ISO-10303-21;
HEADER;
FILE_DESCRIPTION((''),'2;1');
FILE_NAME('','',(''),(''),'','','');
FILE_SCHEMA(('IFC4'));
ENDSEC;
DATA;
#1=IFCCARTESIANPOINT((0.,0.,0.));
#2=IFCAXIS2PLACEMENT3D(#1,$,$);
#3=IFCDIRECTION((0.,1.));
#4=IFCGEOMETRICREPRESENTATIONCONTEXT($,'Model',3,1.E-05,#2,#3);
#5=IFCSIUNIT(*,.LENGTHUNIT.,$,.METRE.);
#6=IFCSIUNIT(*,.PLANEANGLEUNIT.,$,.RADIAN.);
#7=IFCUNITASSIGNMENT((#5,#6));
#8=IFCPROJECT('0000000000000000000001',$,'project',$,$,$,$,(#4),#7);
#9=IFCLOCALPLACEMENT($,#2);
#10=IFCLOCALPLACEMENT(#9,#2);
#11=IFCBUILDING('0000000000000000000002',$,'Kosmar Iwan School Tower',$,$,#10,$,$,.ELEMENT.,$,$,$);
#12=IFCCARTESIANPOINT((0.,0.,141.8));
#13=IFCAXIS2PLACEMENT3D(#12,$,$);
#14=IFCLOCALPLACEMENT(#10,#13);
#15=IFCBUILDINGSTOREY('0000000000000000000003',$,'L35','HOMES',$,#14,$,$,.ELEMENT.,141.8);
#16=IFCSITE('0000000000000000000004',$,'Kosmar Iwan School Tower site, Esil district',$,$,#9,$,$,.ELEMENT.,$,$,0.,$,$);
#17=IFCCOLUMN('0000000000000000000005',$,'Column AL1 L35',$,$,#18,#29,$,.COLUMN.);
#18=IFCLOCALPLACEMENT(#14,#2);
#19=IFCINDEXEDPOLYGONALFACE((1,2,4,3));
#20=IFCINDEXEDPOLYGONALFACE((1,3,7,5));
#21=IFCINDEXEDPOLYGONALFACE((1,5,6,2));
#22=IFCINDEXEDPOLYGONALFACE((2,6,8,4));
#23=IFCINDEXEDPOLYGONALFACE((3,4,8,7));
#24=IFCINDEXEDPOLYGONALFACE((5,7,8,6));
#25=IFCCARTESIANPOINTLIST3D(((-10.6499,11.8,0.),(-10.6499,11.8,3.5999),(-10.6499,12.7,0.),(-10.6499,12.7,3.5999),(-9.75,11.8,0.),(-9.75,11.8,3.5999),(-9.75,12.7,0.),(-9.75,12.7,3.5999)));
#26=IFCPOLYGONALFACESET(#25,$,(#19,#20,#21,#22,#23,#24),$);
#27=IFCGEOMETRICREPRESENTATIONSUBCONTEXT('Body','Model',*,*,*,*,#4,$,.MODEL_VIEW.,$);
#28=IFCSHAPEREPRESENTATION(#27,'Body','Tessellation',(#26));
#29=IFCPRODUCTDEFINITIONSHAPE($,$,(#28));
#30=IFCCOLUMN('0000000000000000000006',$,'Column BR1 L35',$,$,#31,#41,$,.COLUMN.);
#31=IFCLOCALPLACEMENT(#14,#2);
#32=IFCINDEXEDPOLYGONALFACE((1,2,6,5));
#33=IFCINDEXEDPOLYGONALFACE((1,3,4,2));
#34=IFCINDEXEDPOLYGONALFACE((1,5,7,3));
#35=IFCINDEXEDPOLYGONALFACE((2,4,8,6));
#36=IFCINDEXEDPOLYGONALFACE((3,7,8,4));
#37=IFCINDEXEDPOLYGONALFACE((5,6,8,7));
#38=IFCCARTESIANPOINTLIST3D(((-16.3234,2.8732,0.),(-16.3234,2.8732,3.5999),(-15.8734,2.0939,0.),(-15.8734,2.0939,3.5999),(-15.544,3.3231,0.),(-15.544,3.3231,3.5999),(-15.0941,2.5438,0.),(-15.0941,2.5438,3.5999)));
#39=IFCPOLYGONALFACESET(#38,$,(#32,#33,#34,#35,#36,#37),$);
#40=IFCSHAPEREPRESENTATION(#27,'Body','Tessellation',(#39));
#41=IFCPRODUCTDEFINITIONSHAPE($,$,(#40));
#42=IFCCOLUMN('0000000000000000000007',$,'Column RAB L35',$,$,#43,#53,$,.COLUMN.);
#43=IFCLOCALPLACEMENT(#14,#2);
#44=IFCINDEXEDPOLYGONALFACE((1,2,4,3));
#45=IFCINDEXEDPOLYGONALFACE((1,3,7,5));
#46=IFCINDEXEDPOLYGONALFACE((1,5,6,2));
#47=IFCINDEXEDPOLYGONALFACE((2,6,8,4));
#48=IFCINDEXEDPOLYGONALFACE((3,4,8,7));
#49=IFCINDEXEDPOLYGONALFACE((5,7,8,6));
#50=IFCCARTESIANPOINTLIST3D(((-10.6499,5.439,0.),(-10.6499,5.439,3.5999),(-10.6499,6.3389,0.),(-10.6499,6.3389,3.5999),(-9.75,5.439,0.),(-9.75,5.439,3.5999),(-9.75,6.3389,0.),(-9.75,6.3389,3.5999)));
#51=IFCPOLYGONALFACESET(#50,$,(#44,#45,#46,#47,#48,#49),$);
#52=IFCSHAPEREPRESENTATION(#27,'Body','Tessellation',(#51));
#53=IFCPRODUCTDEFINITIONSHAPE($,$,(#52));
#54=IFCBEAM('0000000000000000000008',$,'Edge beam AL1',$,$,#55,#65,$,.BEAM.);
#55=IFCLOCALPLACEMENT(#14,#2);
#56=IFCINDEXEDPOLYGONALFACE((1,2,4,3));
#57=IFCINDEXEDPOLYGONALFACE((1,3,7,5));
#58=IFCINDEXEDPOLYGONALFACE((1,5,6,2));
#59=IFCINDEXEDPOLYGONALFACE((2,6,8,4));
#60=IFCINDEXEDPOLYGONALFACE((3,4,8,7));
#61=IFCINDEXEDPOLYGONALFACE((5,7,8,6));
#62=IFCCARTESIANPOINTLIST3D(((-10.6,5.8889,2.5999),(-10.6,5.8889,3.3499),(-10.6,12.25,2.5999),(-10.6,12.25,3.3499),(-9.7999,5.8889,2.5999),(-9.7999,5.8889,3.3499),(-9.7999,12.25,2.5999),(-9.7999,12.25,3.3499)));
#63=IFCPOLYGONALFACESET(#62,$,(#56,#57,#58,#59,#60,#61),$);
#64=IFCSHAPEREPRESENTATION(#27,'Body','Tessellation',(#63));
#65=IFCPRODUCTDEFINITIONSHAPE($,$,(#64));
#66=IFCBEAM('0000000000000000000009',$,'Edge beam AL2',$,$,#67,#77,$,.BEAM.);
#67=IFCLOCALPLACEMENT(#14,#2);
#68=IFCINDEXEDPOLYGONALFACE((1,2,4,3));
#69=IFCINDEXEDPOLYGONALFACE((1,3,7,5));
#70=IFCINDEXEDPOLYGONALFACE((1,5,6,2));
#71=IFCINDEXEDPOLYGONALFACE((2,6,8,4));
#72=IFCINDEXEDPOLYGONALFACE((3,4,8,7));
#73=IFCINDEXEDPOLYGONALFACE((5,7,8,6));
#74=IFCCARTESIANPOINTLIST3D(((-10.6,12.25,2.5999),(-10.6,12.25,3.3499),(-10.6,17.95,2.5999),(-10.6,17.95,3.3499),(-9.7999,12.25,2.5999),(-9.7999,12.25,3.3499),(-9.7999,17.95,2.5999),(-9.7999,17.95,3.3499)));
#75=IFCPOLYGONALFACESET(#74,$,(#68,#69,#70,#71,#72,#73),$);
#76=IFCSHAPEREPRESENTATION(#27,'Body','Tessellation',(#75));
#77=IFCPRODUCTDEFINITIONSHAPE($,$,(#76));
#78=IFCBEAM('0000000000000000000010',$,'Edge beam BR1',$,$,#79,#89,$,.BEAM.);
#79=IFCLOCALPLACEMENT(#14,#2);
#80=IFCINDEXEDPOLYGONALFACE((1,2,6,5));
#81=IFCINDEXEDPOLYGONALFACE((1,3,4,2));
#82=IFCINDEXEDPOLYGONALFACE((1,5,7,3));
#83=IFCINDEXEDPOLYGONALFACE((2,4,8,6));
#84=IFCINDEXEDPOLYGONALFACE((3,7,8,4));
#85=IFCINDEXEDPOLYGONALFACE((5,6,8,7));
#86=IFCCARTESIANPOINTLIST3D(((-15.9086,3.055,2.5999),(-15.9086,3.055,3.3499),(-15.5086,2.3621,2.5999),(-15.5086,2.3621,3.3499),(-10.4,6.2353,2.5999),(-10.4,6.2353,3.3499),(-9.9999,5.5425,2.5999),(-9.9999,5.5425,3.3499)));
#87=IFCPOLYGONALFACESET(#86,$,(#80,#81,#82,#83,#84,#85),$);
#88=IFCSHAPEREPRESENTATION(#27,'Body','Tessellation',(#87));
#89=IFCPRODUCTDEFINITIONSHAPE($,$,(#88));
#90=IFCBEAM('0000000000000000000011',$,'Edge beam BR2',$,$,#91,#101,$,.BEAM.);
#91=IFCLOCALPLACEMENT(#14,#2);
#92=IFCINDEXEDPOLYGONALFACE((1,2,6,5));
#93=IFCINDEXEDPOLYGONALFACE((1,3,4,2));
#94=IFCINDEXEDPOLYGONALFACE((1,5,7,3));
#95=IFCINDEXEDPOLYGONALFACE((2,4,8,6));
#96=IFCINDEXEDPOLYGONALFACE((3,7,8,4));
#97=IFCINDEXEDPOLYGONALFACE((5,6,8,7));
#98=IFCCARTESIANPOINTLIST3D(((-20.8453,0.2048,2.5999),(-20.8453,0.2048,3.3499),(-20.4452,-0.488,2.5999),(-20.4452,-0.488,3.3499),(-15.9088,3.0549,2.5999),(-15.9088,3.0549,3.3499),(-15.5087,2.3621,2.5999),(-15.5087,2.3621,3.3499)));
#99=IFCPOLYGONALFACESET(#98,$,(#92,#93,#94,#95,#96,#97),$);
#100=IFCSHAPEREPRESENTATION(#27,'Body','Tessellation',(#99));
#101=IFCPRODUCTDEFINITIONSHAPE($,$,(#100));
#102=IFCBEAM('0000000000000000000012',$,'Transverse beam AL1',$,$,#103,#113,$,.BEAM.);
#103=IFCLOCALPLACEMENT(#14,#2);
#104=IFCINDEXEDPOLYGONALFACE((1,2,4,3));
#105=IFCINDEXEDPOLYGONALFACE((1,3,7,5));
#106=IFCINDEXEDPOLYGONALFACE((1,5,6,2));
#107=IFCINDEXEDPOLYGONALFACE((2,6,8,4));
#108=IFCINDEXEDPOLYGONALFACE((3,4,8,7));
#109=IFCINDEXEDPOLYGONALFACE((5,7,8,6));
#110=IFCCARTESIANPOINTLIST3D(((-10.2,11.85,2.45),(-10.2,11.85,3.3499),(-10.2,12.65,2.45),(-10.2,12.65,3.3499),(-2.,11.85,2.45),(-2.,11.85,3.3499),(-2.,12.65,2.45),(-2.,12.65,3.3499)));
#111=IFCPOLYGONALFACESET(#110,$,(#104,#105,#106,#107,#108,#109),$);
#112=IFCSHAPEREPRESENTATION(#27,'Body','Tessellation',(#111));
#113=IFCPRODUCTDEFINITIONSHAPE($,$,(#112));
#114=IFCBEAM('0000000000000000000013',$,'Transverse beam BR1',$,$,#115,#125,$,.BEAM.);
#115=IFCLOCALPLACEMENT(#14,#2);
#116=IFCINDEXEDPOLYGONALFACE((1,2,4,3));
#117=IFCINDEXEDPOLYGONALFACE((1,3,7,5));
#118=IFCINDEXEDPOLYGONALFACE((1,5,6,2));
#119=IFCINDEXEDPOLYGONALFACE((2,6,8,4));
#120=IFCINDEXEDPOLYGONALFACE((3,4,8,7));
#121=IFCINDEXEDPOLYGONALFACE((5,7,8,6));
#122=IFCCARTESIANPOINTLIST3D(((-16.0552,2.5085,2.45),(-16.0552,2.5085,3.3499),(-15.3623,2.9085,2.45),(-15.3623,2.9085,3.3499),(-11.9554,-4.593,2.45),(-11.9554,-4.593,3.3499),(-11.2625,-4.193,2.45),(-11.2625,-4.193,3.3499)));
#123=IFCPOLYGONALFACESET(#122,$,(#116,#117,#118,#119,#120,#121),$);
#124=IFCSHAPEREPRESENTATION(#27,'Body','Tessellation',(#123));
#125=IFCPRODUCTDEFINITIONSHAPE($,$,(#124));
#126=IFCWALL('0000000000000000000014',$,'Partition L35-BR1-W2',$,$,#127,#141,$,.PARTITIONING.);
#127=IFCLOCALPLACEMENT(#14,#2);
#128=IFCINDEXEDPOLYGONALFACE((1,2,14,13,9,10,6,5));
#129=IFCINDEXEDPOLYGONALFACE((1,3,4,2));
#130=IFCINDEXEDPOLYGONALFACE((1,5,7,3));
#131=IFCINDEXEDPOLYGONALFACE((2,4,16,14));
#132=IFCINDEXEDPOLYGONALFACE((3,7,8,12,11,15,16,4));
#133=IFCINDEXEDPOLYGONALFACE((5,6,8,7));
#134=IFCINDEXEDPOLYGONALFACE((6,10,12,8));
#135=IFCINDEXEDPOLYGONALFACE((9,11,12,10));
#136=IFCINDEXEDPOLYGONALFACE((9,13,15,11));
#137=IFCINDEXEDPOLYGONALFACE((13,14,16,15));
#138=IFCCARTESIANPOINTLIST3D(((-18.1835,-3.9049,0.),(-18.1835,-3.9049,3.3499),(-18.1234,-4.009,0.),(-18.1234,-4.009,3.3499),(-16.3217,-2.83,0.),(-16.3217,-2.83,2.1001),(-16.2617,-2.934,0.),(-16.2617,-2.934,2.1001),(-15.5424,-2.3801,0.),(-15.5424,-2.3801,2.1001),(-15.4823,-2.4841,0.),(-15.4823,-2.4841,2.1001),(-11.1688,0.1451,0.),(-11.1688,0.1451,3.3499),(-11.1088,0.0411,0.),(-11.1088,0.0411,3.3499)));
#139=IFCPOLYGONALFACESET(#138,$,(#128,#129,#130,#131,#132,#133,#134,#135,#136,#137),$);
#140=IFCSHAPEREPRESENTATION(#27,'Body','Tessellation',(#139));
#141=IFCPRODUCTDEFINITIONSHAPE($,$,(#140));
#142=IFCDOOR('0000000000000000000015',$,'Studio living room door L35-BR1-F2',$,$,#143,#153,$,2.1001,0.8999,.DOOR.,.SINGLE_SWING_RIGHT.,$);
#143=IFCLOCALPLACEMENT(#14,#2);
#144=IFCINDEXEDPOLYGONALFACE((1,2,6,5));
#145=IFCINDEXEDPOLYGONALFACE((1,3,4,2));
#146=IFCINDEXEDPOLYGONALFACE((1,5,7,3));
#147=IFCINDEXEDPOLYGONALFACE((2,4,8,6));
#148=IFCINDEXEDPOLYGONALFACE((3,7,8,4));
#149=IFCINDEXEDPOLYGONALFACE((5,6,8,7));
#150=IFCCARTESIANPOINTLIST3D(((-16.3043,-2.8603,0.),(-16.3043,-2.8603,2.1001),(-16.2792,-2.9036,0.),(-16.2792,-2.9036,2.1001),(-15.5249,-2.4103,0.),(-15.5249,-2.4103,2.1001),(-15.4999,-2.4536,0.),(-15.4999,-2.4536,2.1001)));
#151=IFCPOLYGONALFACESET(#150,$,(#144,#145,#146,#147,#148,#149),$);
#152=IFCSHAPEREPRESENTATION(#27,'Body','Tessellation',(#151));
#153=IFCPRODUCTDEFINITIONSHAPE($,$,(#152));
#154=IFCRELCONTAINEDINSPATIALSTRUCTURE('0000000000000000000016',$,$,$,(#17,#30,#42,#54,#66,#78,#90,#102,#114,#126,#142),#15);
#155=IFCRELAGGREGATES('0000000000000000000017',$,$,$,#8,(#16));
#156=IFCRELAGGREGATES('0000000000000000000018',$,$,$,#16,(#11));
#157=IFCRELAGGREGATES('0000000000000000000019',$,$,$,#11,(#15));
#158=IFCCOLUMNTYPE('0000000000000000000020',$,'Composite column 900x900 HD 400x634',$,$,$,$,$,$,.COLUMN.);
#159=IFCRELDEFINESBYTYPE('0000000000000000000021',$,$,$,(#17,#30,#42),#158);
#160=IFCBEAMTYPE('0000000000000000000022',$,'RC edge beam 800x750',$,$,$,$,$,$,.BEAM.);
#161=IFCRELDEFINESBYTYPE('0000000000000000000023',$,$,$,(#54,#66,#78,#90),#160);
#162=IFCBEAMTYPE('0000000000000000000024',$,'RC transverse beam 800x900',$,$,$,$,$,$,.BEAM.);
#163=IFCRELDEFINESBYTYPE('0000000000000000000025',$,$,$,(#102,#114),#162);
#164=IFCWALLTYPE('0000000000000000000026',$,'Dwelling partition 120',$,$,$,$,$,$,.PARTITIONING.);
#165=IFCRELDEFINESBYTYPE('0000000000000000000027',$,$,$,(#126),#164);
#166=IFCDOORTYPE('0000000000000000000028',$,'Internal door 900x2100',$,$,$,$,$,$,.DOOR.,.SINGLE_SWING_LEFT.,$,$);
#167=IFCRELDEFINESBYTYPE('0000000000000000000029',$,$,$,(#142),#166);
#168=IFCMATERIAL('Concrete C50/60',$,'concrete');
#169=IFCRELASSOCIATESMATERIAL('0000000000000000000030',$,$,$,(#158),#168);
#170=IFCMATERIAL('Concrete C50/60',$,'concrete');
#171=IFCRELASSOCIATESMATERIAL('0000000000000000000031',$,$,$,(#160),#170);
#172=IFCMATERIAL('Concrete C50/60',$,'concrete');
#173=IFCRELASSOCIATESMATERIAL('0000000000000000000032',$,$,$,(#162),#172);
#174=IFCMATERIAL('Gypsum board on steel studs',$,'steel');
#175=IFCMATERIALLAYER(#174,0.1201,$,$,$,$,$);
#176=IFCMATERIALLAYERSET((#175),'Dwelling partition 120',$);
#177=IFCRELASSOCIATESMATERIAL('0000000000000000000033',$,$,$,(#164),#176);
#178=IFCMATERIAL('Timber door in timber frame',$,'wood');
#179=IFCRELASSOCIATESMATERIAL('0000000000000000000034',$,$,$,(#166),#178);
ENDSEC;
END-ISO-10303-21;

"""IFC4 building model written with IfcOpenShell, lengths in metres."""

from ifc_helpers import new_model, si_unit, direction, frame, frame_2d, origin, origin_2d, place, context, subcontext, project, spatial, rectangle, extrude, material, layer, layer_set, material_profile, profile_set, type_object, element, fill, save


model = new_model("IFC4")

# Units and contexts
model_context = context("Model", 3, precision=1e-05, world=origin(), true_north=direction((0.0, 1.0)))
body_context = subcontext(model_context, "Body", "Model", "MODEL_VIEW")
ifc_project = project(units=[si_unit("LENGTHUNIT", "METRE"), si_unit("PLANEANGLEUNIT", "RADIAN")], contexts=[model_context])

# Site, building, storey
site_placement = place(None, origin())
site = spatial("IfcSite", under=ifc_project, at=site_placement, Name="Kosmar Iwan School Tower site, Esil district", CompositionType="ELEMENT", RefElevation=0.0)
building_placement = place(site_placement, origin())
building = spatial("IfcBuilding", under=site, at=building_placement, Name="Kosmar Iwan School Tower", CompositionType="ELEMENT")
storey_placement = place(building_placement, frame((0.0, 0.0, 141.8)))
storey = spatial("IfcBuildingStorey", under=building, at=storey_placement, Name="L35", Description="HOMES", CompositionType="ELEMENT", Elevation=141.8)

# Columns
ifc_material_1 = material(Name="Concrete C50/60", Category="concrete")
ifc_material_profile_1 = material_profile(ifc_material_1, rectangle(XDim=0.8999, YDim=0.8999, at=origin_2d()), Name="RC 900x900 + HD 400x634")
ifc_profile_set_1 = profile_set([ifc_material_profile_1], Name="Concrete C50/60")
column_type = type_object("IfcColumnType", Name="Composite column 900x900 HD 400x634", PredefinedType="COLUMN", material=ifc_profile_set_1)
for number, where, z_axis, x_axis, name in (
    (1, (-10.2, 12.25, 0.0), (0.0, 0.0, 1.0), (0.0, 1.0, 0.0), "Column AL1 L35"),
    (2, (-15.7087, 2.7085, 0.0), (0.0, 0.0, 1.0), (-0.866025, -0.5, 0.0), "Column BR1 L35"),
    (3, (-10.2, 5.8889, 0.0), (0.0, 0.0, 1.0), (1.0, 0.0, 0.0), "Column RAB L35"),
):
    element("IfcColumn", number, at=place(storey_placement, frame(where, z_axis=z_axis, x_axis=x_axis)), inside=storey, type_object=column_type, Name=name, PredefinedType="COLUMN", context=body_context, shape_type="SweptSolid", body=[
        extrude(rectangle(XDim=0.8999, YDim=0.8999, at=origin_2d()), origin(), (0.0, 0.0, 1.0), 3.5999),
    ])

# Beams
ifc_material_2 = material(Name="Concrete C50/60", Category="concrete")
ifc_material_profile_2 = material_profile(ifc_material_2, rectangle(XDim=0.8, YDim=0.75, at=origin_2d()), Name="RC 800x750")
ifc_profile_set_2 = profile_set([ifc_material_profile_2], Name="Concrete C50/60")
beam_type_1 = type_object("IfcBeamType", Name="RC edge beam 800x750", PredefinedType="BEAM", material=ifc_profile_set_2)
beam_1_placement = place(storey_placement, frame((-10.2, 5.8889, 2.9749), z_axis=(0.0, 1.0, 0.0), x_axis=(-1.0, 0.0, 0.0)))
element("IfcBeam", 4, at=beam_1_placement, inside=storey, type_object=beam_type_1, Name="Edge beam AL1", PredefinedType="BEAM", context=body_context, shape_type="SweptSolid", body=[
    extrude(rectangle(XDim=0.8, YDim=0.75, at=origin_2d()), origin(), (0.0, 0.0, 1.0), 6.3611),
])
beam_2_placement = place(storey_placement, frame((-10.2, 12.25, 2.9749), z_axis=(0.0, 1.0, 0.0), x_axis=(-1.0, 0.0, 0.0)))
element("IfcBeam", 5, at=beam_2_placement, inside=storey, type_object=beam_type_1, Name="Edge beam AL2", PredefinedType="BEAM", context=body_context, shape_type="SweptSolid", body=[
    extrude(rectangle(XDim=0.8, YDim=0.75, at=origin_2d()), origin(), (0.0, 0.0, 1.0), 5.7),
])
beam_3_placement = place(storey_placement, frame((-10.2, 5.8889, 2.9749), z_axis=(-0.866031, -0.49999, 0.0), x_axis=(0.49999, -0.866031, 0.0)))
element("IfcBeam", 6, at=beam_3_placement, inside=storey, type_object=beam_type_1, Name="Edge beam BR1", PredefinedType="BEAM", context=body_context, shape_type="SweptSolid", body=[
    extrude(rectangle(XDim=0.8, YDim=0.75, at=origin_2d()), origin(), (0.0, 0.0, 1.0), 6.3608),
])
beam_4_placement = place(storey_placement, frame((-15.7087, 2.7085, 2.9749), z_axis=(-0.866026, -0.499999, 0.0), x_axis=(0.499999, -0.866026, 0.0)))
element("IfcBeam", 7, at=beam_4_placement, inside=storey, type_object=beam_type_1, Name="Edge beam BR2", PredefinedType="BEAM", context=body_context, shape_type="SweptSolid", body=[
    extrude(rectangle(XDim=0.8, YDim=0.75, at=origin_2d()), origin(), (0.0, 0.0, 1.0), 5.7002),
])
ifc_material_3 = material(Name="Concrete C50/60", Category="concrete")
ifc_material_profile_3 = material_profile(ifc_material_3, rectangle(XDim=0.8, YDim=0.8999, at=origin_2d()), Name="RC 800x900")
ifc_profile_set_3 = profile_set([ifc_material_profile_3], Name="Concrete C50/60")
beam_type_2 = type_object("IfcBeamType", Name="RC transverse beam 800x900", PredefinedType="BEAM", material=ifc_profile_set_3)
for number, where, z_axis, x_axis, name in (
    (8, (-10.2, 12.25, 2.8999), (1.0, 0.0, 0.0), (0.0, 1.0, 0.0), "Transverse beam AL1"),
    (9, (-15.7087, 2.7085, 2.8999), (0.499978, -0.866038, 0.0), (0.866038, 0.499978, 0.0), "Transverse beam BR1"),
):
    element("IfcBeam", number, at=place(storey_placement, frame(where, z_axis=z_axis, x_axis=x_axis)), inside=storey, type_object=beam_type_2, Name=name, PredefinedType="BEAM", context=body_context, shape_type="SweptSolid", body=[
        extrude(rectangle(XDim=0.8, YDim=0.8999, at=origin_2d()), origin(), (0.0, 0.0, 1.0), 8.2),
    ])

# Wall, opening, door
ifc_material_4 = material(Name="Gypsum board on steel studs", Category="steel")
ifc_layer_1 = layer(ifc_material_4, 0.1201)
ifc_layer_set_1 = layer_set([ifc_layer_1], Name="Dwelling partition 120")
wall_type_1 = type_object("IfcWallType", Name="Dwelling partition 120", PredefinedType="PARTITIONING", material=ifc_layer_set_1)
wall_1_placement = place(storey_placement, frame((-11.1389, 0.093, 0.0), z_axis=(0.0, 0.0, 1.0), x_axis=(-0.866018, -0.500013, 0.0)))
wall_1 = element("IfcWall", 10, at=wall_1_placement, inside=storey, type_object=wall_type_1, Name="Partition L35-BR1-W2", PredefinedType="PARTITIONING", context=body_context, shape_type="SweptSolid", body=[
    extrude(rectangle(XDim=8.0999, YDim=0.1201, at=frame_2d((4.0498, 0.0))), origin(), (0.0, 0.0, 1.0), 3.3499),
])
opening_1_placement = place(wall_1_placement, frame((5.05, 0.0, 0.0)))
opening_1 = element("IfcOpeningElement", 11, at=opening_1_placement, cuts=wall_1, PredefinedType="OPENING", context=body_context, shape_type="SweptSolid", body=[
    extrude(rectangle(XDim=0.8999, YDim=2.1001, at=frame_2d((0.45, 1.05))), frame((0.0, 0.072, 0.0), z_axis=(0.0, -1.0, 0.0), x_axis=(1.0, 0.0, 0.0)), (0.0, 0.0, 1.0), 0.144),
])
ifc_material_5 = material(Name="Timber door in timber frame", Category="wood")
door_type = type_object("IfcDoorType", Name="Internal door 900x2100", OperationType="SINGLE_SWING_LEFT", PredefinedType="DOOR", material=ifc_material_5)
door_placement = place(opening_1_placement, origin())
door = element("IfcDoor", 12, at=door_placement, inside=storey, type_object=door_type, Name="Studio living room door L35-BR1-F2", OperationType="SINGLE_SWING_RIGHT", OverallHeight=2.1001, OverallWidth=0.8999, PredefinedType="DOOR", context=body_context, shape_type="SweptSolid", body=[
    extrude(rectangle(XDim=0.8999, YDim=2.1001, at=frame_2d((0.45, 1.05))), frame((0.0, 0.0249, 0.0), z_axis=(0.0, -1.0, 0.0), x_axis=(1.0, 0.0, 0.0)), (0.0, 0.0, 1.0), 0.05),
])
fill(opening_1, door)

save(model, "model.ifc")
